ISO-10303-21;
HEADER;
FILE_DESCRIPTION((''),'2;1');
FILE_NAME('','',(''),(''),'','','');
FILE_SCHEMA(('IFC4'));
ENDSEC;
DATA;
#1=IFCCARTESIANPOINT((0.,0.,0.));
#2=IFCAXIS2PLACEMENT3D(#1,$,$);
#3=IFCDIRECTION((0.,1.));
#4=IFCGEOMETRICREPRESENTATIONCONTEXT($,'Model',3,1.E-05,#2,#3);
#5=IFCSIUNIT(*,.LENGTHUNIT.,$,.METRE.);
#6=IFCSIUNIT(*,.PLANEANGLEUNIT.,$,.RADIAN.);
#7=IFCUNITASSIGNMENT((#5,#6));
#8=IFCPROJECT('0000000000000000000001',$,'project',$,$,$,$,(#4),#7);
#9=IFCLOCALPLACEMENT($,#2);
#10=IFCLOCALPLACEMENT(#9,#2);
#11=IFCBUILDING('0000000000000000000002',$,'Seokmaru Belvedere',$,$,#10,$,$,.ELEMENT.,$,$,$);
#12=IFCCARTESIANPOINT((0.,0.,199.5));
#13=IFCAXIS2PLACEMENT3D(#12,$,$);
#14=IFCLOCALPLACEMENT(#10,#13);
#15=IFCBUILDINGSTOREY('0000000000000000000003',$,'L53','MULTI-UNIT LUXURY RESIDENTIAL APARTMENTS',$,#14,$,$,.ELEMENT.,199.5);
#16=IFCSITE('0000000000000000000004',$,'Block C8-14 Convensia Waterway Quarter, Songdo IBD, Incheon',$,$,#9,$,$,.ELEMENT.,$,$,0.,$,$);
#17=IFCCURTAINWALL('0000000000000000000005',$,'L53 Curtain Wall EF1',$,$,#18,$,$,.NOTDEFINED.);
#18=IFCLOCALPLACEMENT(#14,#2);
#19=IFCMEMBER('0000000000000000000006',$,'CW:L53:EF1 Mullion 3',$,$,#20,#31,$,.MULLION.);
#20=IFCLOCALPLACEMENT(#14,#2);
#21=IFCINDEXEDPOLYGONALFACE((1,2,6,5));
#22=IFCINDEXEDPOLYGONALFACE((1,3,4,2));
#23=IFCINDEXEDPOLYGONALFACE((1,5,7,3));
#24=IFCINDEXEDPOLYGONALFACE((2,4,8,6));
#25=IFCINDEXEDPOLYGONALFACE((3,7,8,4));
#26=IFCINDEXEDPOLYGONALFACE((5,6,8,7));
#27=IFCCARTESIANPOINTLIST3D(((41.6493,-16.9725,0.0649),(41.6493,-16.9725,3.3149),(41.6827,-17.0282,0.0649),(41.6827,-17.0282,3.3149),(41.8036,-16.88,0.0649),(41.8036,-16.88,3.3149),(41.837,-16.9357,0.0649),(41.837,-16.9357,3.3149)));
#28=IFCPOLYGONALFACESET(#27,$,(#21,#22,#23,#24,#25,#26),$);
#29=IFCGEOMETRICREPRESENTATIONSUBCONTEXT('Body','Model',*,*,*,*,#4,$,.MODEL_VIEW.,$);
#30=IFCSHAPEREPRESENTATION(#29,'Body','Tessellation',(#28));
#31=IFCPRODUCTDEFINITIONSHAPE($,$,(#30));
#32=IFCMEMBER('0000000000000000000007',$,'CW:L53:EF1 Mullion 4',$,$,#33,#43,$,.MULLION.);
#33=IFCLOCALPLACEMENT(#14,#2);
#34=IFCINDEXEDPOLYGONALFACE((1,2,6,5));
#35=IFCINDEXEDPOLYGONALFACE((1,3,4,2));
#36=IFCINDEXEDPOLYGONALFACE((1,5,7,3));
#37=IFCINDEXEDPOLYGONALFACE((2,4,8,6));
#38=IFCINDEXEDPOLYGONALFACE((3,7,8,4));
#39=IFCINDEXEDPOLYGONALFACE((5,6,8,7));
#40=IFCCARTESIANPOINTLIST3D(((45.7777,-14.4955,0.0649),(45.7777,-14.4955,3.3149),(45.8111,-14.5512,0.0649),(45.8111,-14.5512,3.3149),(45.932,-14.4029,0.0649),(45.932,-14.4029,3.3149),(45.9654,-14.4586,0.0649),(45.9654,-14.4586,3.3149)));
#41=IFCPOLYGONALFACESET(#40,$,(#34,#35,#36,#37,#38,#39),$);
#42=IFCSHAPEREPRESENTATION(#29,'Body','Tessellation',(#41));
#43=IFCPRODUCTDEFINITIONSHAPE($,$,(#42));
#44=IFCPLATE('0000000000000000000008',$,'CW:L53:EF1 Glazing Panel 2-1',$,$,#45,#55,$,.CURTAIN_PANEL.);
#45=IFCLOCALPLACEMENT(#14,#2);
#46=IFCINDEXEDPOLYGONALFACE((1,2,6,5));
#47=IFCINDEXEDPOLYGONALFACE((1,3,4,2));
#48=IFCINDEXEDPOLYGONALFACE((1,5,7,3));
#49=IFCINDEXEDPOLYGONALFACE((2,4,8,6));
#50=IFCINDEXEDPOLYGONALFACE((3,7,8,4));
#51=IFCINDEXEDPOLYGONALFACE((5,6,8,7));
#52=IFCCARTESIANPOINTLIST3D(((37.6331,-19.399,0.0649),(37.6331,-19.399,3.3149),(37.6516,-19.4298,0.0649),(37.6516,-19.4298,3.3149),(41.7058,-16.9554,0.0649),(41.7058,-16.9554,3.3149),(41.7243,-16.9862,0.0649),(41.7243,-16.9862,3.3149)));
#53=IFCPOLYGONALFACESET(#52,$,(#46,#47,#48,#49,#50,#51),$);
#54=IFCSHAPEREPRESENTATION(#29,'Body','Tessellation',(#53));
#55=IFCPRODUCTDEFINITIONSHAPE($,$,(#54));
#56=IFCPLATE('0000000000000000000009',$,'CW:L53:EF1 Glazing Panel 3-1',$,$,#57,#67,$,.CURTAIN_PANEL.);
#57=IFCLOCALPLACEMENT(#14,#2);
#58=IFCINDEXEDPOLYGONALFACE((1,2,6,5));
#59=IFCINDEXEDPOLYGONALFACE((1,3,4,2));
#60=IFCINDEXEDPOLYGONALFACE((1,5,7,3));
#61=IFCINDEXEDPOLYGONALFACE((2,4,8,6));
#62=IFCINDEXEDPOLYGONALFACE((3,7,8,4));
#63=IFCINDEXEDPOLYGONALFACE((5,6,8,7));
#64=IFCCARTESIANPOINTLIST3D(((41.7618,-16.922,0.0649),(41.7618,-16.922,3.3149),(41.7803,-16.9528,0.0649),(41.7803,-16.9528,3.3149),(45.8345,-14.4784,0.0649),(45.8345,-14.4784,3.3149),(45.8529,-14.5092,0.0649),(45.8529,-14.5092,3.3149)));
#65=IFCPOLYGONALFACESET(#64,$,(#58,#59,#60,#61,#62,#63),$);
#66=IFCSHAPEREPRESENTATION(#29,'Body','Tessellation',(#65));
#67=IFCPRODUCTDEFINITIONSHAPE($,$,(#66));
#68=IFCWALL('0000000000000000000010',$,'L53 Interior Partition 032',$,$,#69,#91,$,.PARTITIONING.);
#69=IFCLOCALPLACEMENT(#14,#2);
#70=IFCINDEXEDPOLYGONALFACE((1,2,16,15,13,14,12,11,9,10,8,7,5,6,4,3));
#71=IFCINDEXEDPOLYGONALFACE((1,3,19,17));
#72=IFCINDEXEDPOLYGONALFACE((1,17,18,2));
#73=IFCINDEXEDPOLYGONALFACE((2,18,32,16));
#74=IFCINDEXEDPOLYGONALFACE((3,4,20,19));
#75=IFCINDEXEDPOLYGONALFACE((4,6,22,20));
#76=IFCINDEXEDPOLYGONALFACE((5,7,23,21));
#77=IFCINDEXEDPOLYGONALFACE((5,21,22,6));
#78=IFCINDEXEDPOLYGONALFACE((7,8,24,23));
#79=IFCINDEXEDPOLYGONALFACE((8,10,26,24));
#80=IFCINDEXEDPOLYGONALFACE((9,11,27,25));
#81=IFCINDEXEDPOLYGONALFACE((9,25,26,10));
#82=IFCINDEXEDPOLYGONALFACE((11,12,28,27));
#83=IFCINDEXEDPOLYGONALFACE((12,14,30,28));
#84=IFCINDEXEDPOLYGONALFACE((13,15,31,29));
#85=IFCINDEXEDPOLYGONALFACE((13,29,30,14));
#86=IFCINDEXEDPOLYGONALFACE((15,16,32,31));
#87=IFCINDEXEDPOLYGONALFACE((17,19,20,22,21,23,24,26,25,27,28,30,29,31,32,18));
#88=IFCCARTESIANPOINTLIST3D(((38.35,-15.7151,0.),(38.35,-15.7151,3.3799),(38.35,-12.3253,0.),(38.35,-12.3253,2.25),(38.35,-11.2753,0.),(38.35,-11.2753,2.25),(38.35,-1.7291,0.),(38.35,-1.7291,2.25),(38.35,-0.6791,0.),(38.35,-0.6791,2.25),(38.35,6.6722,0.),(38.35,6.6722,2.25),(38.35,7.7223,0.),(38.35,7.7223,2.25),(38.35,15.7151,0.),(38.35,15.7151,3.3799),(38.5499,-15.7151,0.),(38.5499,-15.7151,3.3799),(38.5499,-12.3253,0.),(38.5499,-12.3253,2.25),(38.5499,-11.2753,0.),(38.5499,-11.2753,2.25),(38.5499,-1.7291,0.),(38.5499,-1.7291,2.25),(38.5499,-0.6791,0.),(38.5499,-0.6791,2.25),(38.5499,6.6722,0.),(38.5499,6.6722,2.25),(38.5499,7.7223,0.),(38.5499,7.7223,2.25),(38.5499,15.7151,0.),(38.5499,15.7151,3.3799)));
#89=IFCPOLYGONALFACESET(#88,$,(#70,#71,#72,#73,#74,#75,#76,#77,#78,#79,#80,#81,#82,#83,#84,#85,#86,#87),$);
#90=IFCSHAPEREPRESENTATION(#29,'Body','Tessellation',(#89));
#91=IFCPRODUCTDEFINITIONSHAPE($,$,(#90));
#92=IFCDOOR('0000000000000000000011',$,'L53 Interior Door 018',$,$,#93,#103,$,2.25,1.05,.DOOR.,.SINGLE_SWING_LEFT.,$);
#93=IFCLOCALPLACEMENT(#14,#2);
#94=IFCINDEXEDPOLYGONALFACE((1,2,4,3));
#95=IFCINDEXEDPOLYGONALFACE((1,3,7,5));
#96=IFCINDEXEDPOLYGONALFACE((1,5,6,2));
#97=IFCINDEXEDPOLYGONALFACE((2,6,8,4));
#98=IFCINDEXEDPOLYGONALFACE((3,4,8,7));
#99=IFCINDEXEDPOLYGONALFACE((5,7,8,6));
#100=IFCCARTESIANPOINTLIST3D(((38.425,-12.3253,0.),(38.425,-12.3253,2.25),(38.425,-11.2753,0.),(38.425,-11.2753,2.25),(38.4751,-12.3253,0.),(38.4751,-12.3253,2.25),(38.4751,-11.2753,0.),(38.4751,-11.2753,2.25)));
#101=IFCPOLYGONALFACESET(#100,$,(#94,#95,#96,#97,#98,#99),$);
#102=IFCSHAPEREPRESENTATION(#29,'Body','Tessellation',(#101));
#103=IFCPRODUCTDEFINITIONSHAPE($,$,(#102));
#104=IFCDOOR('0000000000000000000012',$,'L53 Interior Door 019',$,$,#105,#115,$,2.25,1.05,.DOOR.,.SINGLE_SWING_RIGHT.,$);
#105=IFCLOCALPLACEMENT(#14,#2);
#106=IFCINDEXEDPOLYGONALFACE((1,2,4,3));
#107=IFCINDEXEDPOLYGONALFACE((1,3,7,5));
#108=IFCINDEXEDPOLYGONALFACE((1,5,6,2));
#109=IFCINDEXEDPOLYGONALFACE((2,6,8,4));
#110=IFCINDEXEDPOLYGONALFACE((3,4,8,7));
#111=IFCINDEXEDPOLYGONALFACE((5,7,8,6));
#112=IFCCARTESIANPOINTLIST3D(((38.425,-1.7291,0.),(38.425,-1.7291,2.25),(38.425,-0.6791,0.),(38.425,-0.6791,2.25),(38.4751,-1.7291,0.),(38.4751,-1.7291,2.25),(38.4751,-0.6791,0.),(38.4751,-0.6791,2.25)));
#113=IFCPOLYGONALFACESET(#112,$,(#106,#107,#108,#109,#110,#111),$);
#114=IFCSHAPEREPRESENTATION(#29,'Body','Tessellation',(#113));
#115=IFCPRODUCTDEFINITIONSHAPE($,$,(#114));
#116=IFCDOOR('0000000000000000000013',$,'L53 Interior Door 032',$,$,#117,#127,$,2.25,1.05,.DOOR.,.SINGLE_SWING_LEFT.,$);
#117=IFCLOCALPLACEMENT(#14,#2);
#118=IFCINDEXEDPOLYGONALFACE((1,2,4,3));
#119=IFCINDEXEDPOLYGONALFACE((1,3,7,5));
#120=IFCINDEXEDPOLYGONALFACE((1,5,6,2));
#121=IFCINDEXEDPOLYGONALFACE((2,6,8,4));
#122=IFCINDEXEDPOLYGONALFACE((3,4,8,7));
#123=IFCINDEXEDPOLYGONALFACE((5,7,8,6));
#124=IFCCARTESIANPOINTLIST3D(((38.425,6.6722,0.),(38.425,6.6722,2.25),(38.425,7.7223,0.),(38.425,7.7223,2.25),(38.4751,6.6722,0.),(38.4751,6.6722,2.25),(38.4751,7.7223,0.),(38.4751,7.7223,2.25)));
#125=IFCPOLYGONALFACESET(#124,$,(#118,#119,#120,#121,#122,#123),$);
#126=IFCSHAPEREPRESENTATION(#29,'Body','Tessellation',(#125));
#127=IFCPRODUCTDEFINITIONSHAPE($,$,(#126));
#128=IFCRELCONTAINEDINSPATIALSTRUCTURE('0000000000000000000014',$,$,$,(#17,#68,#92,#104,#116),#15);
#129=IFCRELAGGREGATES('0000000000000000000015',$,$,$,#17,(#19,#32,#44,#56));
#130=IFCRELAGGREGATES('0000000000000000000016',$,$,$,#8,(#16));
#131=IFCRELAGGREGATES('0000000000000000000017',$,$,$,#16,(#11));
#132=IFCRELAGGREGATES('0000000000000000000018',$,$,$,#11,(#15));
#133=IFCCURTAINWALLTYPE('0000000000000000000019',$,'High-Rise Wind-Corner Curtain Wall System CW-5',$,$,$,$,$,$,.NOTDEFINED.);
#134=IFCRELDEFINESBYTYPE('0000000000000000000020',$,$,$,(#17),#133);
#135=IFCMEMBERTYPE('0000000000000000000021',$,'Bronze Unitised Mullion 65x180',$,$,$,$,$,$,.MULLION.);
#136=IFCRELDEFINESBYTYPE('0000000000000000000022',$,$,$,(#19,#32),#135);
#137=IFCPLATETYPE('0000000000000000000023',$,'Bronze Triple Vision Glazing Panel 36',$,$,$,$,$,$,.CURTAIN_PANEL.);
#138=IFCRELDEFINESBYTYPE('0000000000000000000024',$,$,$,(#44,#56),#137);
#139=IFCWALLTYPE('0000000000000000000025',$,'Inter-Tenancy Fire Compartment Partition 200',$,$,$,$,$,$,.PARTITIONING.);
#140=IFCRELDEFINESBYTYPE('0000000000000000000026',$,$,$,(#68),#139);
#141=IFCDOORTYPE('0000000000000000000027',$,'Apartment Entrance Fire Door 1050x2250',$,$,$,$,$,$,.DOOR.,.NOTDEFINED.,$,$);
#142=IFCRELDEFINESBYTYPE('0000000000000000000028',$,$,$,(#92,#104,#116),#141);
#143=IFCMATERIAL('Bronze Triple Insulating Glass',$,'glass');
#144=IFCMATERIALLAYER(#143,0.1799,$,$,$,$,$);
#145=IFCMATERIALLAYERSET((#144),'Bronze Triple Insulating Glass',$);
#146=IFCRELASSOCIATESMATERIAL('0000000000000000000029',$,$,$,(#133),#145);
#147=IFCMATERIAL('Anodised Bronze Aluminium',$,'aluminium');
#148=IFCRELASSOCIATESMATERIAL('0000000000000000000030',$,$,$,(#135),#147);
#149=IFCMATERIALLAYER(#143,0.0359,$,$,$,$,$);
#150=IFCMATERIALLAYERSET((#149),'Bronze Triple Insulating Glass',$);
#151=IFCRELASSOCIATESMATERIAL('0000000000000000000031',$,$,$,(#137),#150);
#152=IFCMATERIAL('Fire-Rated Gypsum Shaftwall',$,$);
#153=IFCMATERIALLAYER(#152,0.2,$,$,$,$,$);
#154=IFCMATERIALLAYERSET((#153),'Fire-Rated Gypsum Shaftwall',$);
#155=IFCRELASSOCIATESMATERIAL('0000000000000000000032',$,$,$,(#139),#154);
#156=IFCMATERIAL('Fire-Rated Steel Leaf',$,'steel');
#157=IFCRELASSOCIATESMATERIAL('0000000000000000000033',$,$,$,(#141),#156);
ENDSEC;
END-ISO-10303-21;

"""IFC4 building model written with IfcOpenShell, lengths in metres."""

from ifc_helpers import new_model, si_unit, direction, frame, frame_2d, origin, origin_2d, place, context, subcontext, project, spatial, rectangle, extrude, source, transform, mapped, material, layer, layer_set, material_profile, profile_set, type_object, type_shapes, element, fill, aggregate, save


model = new_model("IFC4")

# Units and contexts
model_context = context("Model", 3, precision=1e-05, world=origin(), true_north=direction((0.0, 1.0)))
body_context = subcontext(model_context, "Body", "Model", "MODEL_VIEW")
ifc_project = project(units=[si_unit("LENGTHUNIT", "METRE"), si_unit("PLANEANGLEUNIT", "RADIAN")], contexts=[model_context])

# Site, building, storey
site_placement = place(None, origin())
site = spatial("IfcSite", under=ifc_project, at=site_placement, Name="Block C8-14 Convensia Waterway Quarter, Songdo IBD, Incheon", CompositionType="ELEMENT", RefElevation=0.0)
building_placement = place(site_placement, origin())
building = spatial("IfcBuilding", under=site, at=building_placement, Name="Seokmaru Belvedere", CompositionType="ELEMENT")
storey_placement = place(building_placement, frame((0.0, 0.0, 199.5)))
storey = spatial("IfcBuildingStorey", under=building, at=storey_placement, Name="L53", Description="MULTI-UNIT LUXURY RESIDENTIAL APARTMENTS", CompositionType="ELEMENT", Elevation=199.5)

# Curtain wall, members, plates
ifc_material_1 = material(Name="Bronze Triple Insulating Glass", Category="glass")
ifc_layer_1 = layer(ifc_material_1, 0.1799)
ifc_layer_set_1 = layer_set([ifc_layer_1], Name="Bronze Triple Insulating Glass")
curtain_wall_type = type_object("IfcCurtainWallType", Name="High-Rise Wind-Corner Curtain Wall System CW-5", PredefinedType="NOTDEFINED", material=ifc_layer_set_1)
curtain_wall_placement = place(storey_placement, origin())
curtain_wall = element("IfcCurtainWall", 1, at=curtain_wall_placement, inside=storey, type_object=curtain_wall_type, Name="L53 Curtain Wall EF1", PredefinedType="NOTDEFINED")
ifc_material_2 = material(Name="Anodised Bronze Aluminium", Category="aluminium")
ifc_material_profile_1 = material_profile(ifc_material_2, rectangle(XDim=0.0649, YDim=0.1799, at=origin_2d()), Name="CW-M-65x180")
ifc_profile_set_1 = profile_set([ifc_material_profile_1], Name="Anodised Bronze Aluminium")
member_type = type_object("IfcMemberType", Name="Bronze Unitised Mullion 65x180", PredefinedType="MULLION", material=ifc_profile_set_1)
shared_shape_1 = source(origin(), body_context, "Body", "SweptSolid", [
    extrude(rectangle(XDim=0.0649, YDim=0.1799, at=origin_2d()), origin(), (0.0, 0.0, 1.0), 3.25),
])
type_shapes(member_type, [shared_shape_1])
member_1_placement = place(storey_placement, frame((41.7432, -16.9541, 0.0649), z_axis=(0.0, 0.0, 1.0), x_axis=(-0.514495, 0.857493, 0.0)))
member_1 = element("IfcMember", 2, at=member_1_placement, type_object=member_type, Name="CW:L53:EF1 Mullion 3", PredefinedType="MULLION", context=body_context, shape_type="MappedRepresentation", body=[
    mapped(shared_shape_1, transform((0.0, 0.0, 0.0), scale=1.0)),
])
member_2_placement = place(storey_placement, frame((45.8716, -14.4771, 0.0649), z_axis=(0.0, 0.0, 1.0), x_axis=(-0.514495, 0.857493, 0.0)))
member_2 = element("IfcMember", 3, at=member_2_placement, type_object=member_type, Name="CW:L53:EF1 Mullion 4", PredefinedType="MULLION", context=body_context, shape_type="MappedRepresentation", body=[
    mapped(shared_shape_1, transform((0.0, 0.0, 0.0), scale=1.0)),
])
ifc_layer_2 = layer(ifc_material_1, 0.0359)
ifc_layer_set_2 = layer_set([ifc_layer_2], Name="Bronze Triple Insulating Glass")
plate_type = type_object("IfcPlateType", Name="Bronze Triple Vision Glazing Panel 36", PredefinedType="CURTAIN_PANEL", material=ifc_layer_set_2)
shared_shape_2 = source(origin(), body_context, "Body", "SweptSolid", [
    extrude(rectangle(XDim=4.7495, YDim=0.0359, at=origin_2d()), origin(), (0.0, 0.0, 1.0), 3.25),
])
type_shapes(plate_type, [shared_shape_2])
plate_1_placement = place(storey_placement, frame((39.6787, -18.1926, 0.0649), z_axis=(0.0, 0.0, 1.0), x_axis=(0.857493, 0.514495, 0.0)))
plate_1 = element("IfcPlate", 4, at=plate_1_placement, type_object=plate_type, Name="CW:L53:EF1 Glazing Panel 2-1", PredefinedType="CURTAIN_PANEL", context=body_context, shape_type="MappedRepresentation", body=[
    mapped(shared_shape_2, transform((0.0, 0.0, 0.0), scale=1.0)),
])
plate_2_placement = place(storey_placement, frame((43.8074, -15.7156, 0.0649), z_axis=(0.0, 0.0, 1.0), x_axis=(0.857493, 0.514495, 0.0)))
plate_2 = element("IfcPlate", 5, at=plate_2_placement, type_object=plate_type, Name="CW:L53:EF1 Glazing Panel 3-1", PredefinedType="CURTAIN_PANEL", context=body_context, shape_type="MappedRepresentation", body=[
    mapped(shared_shape_2, transform((0.0, 0.0, 0.0), scale=1.0)),
])
aggregate(curtain_wall, [member_1, member_2, plate_1, plate_2])

# Wall, openings, doors
ifc_material_3 = material(Name="Fire-Rated Gypsum Shaftwall")
ifc_layer_3 = layer(ifc_material_3, 0.2)
ifc_layer_set_3 = layer_set([ifc_layer_3], Name="Fire-Rated Gypsum Shaftwall")
wall_type = type_object("IfcWallType", Name="Inter-Tenancy Fire Compartment Partition 200", PredefinedType="PARTITIONING", material=ifc_layer_set_3)
wall_placement = place(storey_placement, frame((38.45, -15.7151, 0.0), z_axis=(0.0, 0.0, 1.0), x_axis=(0.0, 1.0, 0.0)))
wall = element("IfcWall", 6, at=wall_placement, inside=storey, type_object=wall_type, Name="L53 Interior Partition 032", PredefinedType="PARTITIONING", context=body_context, shape_type="SweptSolid", body=[
    extrude(rectangle(XDim=31.4302, YDim=0.2, at=frame_2d((15.7151, 0.0))), origin(), (0.0, 0.0, 1.0), 3.3799),
])
opening_1_placement = place(wall_placement, frame((3.3899, 0.0, 0.0)))
opening_1 = element("IfcOpeningElement", 7, at=opening_1_placement, cuts=wall, PredefinedType="OPENING", context=body_context, shape_type="SweptSolid", body=[
    extrude(rectangle(XDim=1.05, YDim=2.25, at=frame_2d((0.5249, 1.125))), frame((0.0, 0.1099, 0.0), z_axis=(0.0, -1.0, 0.0), x_axis=(1.0, 0.0, 0.0)), (0.0, 0.0, 1.0), 0.22),
])
opening_2_placement = place(wall_placement, frame((13.9861, 0.0, 0.0)))
opening_2 = element("IfcOpeningElement", 8, at=opening_2_placement, cuts=wall, PredefinedType="OPENING", context=body_context, shape_type="SweptSolid", body=[
    extrude(rectangle(XDim=1.05, YDim=2.25, at=frame_2d((0.5249, 1.125))), frame((0.0, 0.1099, 0.0), z_axis=(0.0, -1.0, 0.0), x_axis=(1.0, 0.0, 0.0)), (0.0, 0.0, 1.0), 0.22),
])
opening_3_placement = place(wall_placement, frame((22.3875, 0.0, 0.0)))
opening_3 = element("IfcOpeningElement", 9, at=opening_3_placement, cuts=wall, PredefinedType="OPENING", context=body_context, shape_type="SweptSolid", body=[
    extrude(rectangle(XDim=1.05, YDim=2.25, at=frame_2d((0.5249, 1.125))), frame((0.0, 0.1099, 0.0), z_axis=(0.0, -1.0, 0.0), x_axis=(1.0, 0.0, 0.0)), (0.0, 0.0, 1.0), 0.22),
])
ifc_material_4 = material(Name="Fire-Rated Steel Leaf", Category="steel")
door_type = type_object("IfcDoorType", Name="Apartment Entrance Fire Door 1050x2250", OperationType="NOTDEFINED", PredefinedType="DOOR", material=ifc_material_4)
shared_shape_3 = source(origin(), body_context, "Body", "SweptSolid", [
    extrude(rectangle(XDim=1.05, YDim=2.25, at=frame_2d((0.5249, 1.125))), frame((0.0, 0.0249, 0.0), z_axis=(0.0, -1.0, 0.0), x_axis=(1.0, 0.0, 0.0)), (0.0, 0.0, 1.0), 0.05),
])
type_shapes(door_type, [shared_shape_3])
door_1_placement = place(opening_1_placement, origin())
door_1 = element("IfcDoor", 10, at=door_1_placement, inside=storey, type_object=door_type, Name="L53 Interior Door 018", OperationType="SINGLE_SWING_LEFT", OverallHeight=2.25, OverallWidth=1.05, PredefinedType="DOOR", context=body_context, shape_type="MappedRepresentation", body=[
    mapped(shared_shape_3, transform((0.0, 0.0, 0.0), scale=1.0)),
])
fill(opening_1, door_1)
door_2_placement = place(opening_2_placement, origin())
door_2 = element("IfcDoor", 11, at=door_2_placement, inside=storey, type_object=door_type, Name="L53 Interior Door 019", OperationType="SINGLE_SWING_RIGHT", OverallHeight=2.25, OverallWidth=1.05, PredefinedType="DOOR", context=body_context, shape_type="MappedRepresentation", body=[
    mapped(shared_shape_3, transform((0.0, 0.0, 0.0), scale=1.0)),
])
fill(opening_2, door_2)
door_3_placement = place(opening_3_placement, origin())
door_3 = element("IfcDoor", 12, at=door_3_placement, inside=storey, type_object=door_type, Name="L53 Interior Door 032", OperationType="SINGLE_SWING_LEFT", OverallHeight=2.25, OverallWidth=1.05, PredefinedType="DOOR", context=body_context, shape_type="MappedRepresentation", body=[
    mapped(shared_shape_3, transform((0.0, 0.0, 0.0), scale=1.0)),
])
fill(opening_3, door_3)

save(model, "model.ifc")
